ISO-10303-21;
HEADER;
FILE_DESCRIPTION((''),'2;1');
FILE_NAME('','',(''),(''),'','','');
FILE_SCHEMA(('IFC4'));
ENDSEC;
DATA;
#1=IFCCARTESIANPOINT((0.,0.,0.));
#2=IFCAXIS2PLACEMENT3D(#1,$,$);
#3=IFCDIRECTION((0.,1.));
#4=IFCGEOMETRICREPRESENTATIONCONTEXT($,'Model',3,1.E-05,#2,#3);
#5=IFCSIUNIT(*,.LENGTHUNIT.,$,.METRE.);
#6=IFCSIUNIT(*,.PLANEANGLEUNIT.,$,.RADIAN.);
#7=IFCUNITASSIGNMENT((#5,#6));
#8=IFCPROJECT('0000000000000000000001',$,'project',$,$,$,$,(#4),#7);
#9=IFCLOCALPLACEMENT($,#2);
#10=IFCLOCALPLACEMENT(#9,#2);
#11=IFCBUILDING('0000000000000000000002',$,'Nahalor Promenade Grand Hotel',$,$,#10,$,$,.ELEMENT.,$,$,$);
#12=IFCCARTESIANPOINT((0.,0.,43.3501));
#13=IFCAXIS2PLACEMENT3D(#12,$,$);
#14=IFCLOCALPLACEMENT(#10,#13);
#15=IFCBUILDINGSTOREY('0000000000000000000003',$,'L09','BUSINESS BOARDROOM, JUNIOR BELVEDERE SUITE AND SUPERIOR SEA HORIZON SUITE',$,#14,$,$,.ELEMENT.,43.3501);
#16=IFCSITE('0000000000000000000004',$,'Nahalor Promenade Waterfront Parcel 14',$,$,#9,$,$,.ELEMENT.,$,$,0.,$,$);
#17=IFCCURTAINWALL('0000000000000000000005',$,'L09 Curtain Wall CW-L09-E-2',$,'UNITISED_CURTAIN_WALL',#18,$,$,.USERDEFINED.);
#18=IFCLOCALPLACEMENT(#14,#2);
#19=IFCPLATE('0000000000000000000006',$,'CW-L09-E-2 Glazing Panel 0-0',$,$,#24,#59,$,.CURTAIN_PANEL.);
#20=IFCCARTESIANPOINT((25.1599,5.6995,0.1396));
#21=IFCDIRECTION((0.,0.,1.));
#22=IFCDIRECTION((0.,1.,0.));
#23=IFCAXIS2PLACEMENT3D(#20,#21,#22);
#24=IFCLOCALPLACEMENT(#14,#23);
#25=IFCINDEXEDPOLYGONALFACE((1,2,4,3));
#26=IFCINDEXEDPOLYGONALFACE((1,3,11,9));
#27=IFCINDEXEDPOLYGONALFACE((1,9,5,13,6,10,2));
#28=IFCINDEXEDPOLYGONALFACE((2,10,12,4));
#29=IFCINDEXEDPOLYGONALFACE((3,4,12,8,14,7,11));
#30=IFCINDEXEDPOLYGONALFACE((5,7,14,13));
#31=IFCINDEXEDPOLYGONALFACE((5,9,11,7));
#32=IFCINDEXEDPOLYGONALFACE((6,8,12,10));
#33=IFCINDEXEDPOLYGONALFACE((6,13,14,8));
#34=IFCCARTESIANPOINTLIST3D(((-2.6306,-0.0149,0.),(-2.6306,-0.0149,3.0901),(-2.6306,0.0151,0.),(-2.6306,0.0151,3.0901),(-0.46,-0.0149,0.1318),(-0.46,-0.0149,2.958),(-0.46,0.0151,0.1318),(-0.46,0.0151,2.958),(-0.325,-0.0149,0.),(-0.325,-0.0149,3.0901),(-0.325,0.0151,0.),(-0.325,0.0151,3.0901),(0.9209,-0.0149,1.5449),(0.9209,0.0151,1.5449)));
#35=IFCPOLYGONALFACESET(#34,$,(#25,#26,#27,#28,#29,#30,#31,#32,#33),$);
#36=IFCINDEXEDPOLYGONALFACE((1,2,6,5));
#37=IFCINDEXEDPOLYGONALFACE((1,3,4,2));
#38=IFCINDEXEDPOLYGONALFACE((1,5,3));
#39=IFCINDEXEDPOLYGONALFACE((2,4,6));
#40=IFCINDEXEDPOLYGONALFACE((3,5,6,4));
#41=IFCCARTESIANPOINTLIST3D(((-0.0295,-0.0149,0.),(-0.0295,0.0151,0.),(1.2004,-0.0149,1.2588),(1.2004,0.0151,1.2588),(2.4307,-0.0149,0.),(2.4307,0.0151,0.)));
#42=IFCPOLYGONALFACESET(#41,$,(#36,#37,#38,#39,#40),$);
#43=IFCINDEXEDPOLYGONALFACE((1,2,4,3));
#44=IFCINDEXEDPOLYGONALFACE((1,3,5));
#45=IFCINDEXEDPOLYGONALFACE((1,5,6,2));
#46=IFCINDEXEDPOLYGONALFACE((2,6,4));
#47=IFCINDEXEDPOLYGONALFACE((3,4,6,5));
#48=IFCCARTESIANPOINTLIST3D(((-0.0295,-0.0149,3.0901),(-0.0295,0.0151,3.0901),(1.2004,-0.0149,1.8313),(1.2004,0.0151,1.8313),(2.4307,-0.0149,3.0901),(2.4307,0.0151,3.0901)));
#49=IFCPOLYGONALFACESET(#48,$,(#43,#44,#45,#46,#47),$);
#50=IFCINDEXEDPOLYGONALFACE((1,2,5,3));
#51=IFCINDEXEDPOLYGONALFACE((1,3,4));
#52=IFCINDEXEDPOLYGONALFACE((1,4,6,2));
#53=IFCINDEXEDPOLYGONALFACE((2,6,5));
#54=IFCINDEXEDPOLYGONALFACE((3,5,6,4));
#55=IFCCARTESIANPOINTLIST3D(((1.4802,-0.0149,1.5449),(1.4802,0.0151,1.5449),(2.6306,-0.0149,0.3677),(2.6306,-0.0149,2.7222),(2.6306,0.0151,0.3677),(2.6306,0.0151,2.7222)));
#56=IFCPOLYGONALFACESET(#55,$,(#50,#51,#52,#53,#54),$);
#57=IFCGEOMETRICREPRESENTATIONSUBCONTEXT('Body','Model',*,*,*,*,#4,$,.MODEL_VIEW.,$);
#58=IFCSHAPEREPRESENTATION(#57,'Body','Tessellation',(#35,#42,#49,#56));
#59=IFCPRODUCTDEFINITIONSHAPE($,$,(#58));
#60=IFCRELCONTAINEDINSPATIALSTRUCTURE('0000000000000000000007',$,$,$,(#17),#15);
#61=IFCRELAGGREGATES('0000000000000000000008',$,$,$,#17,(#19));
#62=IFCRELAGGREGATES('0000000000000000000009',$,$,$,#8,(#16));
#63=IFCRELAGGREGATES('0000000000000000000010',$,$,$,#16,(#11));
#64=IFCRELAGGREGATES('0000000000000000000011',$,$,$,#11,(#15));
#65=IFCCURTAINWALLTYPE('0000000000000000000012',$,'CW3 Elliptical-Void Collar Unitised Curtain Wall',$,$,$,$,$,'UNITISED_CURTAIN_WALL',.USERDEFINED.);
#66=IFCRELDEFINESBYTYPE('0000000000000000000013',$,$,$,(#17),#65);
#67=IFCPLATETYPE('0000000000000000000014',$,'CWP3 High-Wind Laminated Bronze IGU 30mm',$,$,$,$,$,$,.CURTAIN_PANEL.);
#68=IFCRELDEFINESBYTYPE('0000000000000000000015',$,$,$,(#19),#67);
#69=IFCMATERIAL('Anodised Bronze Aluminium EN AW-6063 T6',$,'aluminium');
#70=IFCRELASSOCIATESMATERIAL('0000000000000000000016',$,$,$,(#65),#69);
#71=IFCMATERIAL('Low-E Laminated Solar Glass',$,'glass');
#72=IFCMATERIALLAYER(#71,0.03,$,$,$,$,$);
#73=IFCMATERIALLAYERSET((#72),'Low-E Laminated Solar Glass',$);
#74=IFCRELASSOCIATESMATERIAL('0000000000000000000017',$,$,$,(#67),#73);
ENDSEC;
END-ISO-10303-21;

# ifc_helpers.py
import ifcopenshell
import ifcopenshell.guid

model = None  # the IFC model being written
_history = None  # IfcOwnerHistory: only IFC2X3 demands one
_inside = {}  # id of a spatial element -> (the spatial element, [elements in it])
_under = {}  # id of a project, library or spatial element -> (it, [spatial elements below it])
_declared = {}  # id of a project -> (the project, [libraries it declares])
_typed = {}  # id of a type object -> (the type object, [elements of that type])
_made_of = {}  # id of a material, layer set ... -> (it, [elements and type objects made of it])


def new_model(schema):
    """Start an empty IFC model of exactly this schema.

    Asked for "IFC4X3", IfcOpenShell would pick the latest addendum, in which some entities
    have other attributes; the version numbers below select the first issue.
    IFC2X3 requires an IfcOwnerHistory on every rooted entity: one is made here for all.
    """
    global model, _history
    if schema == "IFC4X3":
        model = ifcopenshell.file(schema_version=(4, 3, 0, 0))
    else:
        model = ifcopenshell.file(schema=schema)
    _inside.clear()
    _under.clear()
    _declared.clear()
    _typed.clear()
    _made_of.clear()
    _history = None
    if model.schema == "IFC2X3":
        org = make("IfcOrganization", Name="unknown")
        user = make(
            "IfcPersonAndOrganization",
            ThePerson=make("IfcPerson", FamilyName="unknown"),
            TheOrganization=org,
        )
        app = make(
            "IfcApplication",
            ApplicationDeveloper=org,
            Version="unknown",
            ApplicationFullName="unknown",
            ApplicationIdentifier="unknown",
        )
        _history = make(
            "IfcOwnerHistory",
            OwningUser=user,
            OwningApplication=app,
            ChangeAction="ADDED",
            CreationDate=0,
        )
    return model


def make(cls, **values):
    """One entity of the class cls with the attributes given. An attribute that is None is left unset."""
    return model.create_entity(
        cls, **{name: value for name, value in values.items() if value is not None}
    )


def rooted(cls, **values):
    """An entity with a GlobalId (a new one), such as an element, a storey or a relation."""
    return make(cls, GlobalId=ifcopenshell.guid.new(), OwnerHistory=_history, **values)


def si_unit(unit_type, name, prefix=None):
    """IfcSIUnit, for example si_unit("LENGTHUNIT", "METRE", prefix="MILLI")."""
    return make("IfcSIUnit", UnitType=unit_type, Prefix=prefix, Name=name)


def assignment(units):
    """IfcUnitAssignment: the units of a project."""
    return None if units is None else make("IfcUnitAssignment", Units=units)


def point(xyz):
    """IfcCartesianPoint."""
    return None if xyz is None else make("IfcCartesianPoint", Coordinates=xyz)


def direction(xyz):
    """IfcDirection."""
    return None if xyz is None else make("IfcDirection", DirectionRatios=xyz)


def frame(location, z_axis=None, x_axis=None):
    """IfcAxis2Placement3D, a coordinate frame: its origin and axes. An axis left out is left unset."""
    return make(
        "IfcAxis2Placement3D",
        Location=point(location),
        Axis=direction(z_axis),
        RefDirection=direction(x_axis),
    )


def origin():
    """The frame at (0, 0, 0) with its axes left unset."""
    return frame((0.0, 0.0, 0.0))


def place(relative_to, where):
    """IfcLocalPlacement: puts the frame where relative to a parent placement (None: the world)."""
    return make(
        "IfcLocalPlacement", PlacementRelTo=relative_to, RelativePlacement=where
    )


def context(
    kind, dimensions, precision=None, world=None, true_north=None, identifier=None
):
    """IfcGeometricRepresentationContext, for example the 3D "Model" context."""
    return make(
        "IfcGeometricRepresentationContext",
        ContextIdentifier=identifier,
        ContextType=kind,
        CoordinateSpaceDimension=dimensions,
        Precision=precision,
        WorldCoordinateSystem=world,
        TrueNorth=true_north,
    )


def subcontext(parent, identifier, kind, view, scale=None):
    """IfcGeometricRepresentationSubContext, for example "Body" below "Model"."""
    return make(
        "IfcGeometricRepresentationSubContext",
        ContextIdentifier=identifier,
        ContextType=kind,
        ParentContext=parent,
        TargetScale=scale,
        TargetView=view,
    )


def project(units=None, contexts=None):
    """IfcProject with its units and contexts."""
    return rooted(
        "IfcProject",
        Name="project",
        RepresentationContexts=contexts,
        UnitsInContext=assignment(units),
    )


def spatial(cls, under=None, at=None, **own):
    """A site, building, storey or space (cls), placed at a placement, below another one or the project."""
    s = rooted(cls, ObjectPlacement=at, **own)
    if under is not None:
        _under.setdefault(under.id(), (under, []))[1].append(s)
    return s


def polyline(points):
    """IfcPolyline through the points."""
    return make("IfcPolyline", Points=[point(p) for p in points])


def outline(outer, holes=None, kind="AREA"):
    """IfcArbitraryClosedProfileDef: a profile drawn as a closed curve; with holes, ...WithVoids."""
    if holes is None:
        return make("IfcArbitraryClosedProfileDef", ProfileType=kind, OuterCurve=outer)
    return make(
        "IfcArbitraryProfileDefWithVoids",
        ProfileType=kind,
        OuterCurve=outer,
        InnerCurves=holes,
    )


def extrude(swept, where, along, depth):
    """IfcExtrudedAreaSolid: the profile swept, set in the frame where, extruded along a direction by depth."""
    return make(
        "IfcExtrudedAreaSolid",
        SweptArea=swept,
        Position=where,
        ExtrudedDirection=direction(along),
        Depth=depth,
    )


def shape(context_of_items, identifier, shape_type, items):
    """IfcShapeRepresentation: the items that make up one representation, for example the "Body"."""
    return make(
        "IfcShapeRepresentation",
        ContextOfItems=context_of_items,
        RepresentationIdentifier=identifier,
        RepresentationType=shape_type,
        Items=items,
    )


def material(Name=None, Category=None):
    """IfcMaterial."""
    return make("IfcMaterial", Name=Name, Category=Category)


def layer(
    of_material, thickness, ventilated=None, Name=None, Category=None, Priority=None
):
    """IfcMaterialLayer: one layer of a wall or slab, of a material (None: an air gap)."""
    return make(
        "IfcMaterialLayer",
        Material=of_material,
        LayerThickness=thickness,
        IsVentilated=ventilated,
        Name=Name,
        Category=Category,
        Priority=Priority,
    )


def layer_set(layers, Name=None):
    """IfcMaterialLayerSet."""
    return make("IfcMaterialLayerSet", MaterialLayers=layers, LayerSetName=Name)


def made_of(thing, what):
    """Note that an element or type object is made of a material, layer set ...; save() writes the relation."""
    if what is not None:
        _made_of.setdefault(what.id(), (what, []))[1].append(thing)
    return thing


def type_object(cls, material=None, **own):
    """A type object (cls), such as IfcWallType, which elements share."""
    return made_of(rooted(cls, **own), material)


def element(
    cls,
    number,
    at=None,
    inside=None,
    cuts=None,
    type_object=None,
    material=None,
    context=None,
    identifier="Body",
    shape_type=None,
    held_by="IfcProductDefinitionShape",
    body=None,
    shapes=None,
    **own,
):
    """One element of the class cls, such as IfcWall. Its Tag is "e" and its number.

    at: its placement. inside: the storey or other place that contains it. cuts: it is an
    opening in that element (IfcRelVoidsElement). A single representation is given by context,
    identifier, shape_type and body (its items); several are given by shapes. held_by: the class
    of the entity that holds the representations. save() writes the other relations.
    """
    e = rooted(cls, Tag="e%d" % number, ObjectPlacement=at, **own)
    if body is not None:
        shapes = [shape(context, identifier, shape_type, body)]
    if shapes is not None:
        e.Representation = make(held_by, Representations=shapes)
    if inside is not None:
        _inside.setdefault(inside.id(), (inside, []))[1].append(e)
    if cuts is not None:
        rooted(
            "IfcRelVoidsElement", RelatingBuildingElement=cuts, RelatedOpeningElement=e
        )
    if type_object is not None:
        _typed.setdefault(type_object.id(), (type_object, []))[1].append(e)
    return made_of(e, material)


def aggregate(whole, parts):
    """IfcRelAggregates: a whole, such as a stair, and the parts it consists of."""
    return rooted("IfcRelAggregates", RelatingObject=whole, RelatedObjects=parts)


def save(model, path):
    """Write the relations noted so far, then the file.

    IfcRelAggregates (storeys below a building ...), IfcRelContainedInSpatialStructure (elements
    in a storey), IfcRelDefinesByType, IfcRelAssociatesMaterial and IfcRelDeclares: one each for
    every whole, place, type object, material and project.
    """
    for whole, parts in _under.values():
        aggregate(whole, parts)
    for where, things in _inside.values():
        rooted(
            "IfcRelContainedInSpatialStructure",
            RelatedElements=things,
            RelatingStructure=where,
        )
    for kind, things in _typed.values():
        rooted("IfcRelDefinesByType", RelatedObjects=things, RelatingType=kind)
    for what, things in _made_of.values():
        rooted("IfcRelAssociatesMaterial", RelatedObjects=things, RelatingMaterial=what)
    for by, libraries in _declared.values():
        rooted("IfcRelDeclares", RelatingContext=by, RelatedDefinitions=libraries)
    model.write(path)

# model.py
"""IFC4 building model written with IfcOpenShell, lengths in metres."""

from ifc_helpers import new_model, si_unit, direction, frame, origin, place, context, subcontext, project, spatial, polyline, outline, extrude, material, layer, layer_set, type_object, element, aggregate, save


model = new_model("IFC4")

# Units and contexts
model_context = context("Model", 3, precision=1e-05, world=origin(), true_north=direction((0.0, 1.0)))
body_context = subcontext(model_context, "Body", "Model", "MODEL_VIEW")
ifc_project = project(units=[si_unit("LENGTHUNIT", "METRE"), si_unit("PLANEANGLEUNIT", "RADIAN")], contexts=[model_context])

# Site, building, storey
site_placement = place(None, origin())
site = spatial("IfcSite", under=ifc_project, at=site_placement, Name="Nahalor Promenade Waterfront Parcel 14", CompositionType="ELEMENT", RefElevation=0.0)
building_placement = place(site_placement, origin())
building = spatial("IfcBuilding", under=site, at=building_placement, Name="Nahalor Promenade Grand Hotel", CompositionType="ELEMENT")
storey_placement = place(building_placement, frame((0.0, 0.0, 43.3501)))
storey = spatial("IfcBuildingStorey", under=building, at=storey_placement, Name="L09", Description="BUSINESS BOARDROOM, JUNIOR BELVEDERE SUITE AND SUPERIOR SEA HORIZON SUITE", CompositionType="ELEMENT", Elevation=43.3501)

# Curtain wall
ifc_material_1 = material(Name="Anodised Bronze Aluminium EN AW-6063 T6", Category="aluminium")
curtain_wall_type = type_object("IfcCurtainWallType", Name="CW3 Elliptical-Void Collar Unitised Curtain Wall", ElementType="UNITISED_CURTAIN_WALL", PredefinedType="USERDEFINED", material=ifc_material_1)
curtain_wall_1_placement = place(storey_placement, origin())
curtain_wall_1 = element("IfcCurtainWall", 1, at=curtain_wall_1_placement, inside=storey, type_object=curtain_wall_type, Name="L09 Curtain Wall CW-L09-E-2", ObjectType="UNITISED_CURTAIN_WALL", PredefinedType="USERDEFINED")

# Plate
ifc_material_2 = material(Name="Low-E Laminated Solar Glass", Category="glass")
ifc_layer_1 = layer(ifc_material_2, 0.03)
ifc_layer_set_1 = layer_set([ifc_layer_1], Name="Low-E Laminated Solar Glass")
plate_type_1 = type_object("IfcPlateType", Name="CWP3 High-Wind Laminated Bronze IGU 30mm", PredefinedType="CURTAIN_PANEL", material=ifc_layer_set_1)
plate_1_placement = place(storey_placement, frame((25.1599, 5.6995, 0.1396), z_axis=(0.0, 0.0, 1.0), x_axis=(0.0, 1.0, 0.0)))
plate_1 = element("IfcPlate", 2, at=plate_1_placement, type_object=plate_type_1, Name="CW-L09-E-2 Glazing Panel 0-0", PredefinedType="CURTAIN_PANEL", context=body_context, shape_type="SweptSolid", body=[
    extrude(outline(polyline([(-2.6306, 3.0901), (-2.6306, 0.0), (-0.325, 0.0), (-0.46, 0.1318), (0.9209, 1.5449), (-0.46, 2.958), (-0.325, 3.0901), (-2.6306, 3.0901)])), frame((0.0, 0.0151, 0.0), z_axis=(0.0, -1.0, 0.0), x_axis=(1.0, 0.0, 0.0)), (0.0, 0.0, 1.0), 0.03),
    extrude(outline(polyline([(1.2004, 1.2588), (-0.0295, 0.0), (2.4307, 0.0), (1.2004, 1.2588)])), frame((0.0, 0.0151, 0.0), z_axis=(0.0, -1.0, 0.0), x_axis=(1.0, 0.0, 0.0)), (0.0, 0.0, 1.0), 0.03),
    extrude(outline(polyline([(1.2004, 1.8313), (2.4307, 3.0901), (-0.0295, 3.0901), (1.2004, 1.8313)])), frame((0.0, 0.0151, 0.0), z_axis=(0.0, -1.0, 0.0), x_axis=(1.0, 0.0, 0.0)), (0.0, 0.0, 1.0), 0.03),
    extrude(outline(polyline([(1.4802, 1.5449), (2.6306, 0.3677), (2.6306, 2.7222), (1.4802, 1.5449)])), frame((0.0, 0.0151, 0.0), z_axis=(0.0, -1.0, 0.0), x_axis=(1.0, 0.0, 0.0)), (0.0, 0.0, 1.0), 0.03),
])
aggregate(curtain_wall_1, [plate_1])

save(model, "model.ifc")
